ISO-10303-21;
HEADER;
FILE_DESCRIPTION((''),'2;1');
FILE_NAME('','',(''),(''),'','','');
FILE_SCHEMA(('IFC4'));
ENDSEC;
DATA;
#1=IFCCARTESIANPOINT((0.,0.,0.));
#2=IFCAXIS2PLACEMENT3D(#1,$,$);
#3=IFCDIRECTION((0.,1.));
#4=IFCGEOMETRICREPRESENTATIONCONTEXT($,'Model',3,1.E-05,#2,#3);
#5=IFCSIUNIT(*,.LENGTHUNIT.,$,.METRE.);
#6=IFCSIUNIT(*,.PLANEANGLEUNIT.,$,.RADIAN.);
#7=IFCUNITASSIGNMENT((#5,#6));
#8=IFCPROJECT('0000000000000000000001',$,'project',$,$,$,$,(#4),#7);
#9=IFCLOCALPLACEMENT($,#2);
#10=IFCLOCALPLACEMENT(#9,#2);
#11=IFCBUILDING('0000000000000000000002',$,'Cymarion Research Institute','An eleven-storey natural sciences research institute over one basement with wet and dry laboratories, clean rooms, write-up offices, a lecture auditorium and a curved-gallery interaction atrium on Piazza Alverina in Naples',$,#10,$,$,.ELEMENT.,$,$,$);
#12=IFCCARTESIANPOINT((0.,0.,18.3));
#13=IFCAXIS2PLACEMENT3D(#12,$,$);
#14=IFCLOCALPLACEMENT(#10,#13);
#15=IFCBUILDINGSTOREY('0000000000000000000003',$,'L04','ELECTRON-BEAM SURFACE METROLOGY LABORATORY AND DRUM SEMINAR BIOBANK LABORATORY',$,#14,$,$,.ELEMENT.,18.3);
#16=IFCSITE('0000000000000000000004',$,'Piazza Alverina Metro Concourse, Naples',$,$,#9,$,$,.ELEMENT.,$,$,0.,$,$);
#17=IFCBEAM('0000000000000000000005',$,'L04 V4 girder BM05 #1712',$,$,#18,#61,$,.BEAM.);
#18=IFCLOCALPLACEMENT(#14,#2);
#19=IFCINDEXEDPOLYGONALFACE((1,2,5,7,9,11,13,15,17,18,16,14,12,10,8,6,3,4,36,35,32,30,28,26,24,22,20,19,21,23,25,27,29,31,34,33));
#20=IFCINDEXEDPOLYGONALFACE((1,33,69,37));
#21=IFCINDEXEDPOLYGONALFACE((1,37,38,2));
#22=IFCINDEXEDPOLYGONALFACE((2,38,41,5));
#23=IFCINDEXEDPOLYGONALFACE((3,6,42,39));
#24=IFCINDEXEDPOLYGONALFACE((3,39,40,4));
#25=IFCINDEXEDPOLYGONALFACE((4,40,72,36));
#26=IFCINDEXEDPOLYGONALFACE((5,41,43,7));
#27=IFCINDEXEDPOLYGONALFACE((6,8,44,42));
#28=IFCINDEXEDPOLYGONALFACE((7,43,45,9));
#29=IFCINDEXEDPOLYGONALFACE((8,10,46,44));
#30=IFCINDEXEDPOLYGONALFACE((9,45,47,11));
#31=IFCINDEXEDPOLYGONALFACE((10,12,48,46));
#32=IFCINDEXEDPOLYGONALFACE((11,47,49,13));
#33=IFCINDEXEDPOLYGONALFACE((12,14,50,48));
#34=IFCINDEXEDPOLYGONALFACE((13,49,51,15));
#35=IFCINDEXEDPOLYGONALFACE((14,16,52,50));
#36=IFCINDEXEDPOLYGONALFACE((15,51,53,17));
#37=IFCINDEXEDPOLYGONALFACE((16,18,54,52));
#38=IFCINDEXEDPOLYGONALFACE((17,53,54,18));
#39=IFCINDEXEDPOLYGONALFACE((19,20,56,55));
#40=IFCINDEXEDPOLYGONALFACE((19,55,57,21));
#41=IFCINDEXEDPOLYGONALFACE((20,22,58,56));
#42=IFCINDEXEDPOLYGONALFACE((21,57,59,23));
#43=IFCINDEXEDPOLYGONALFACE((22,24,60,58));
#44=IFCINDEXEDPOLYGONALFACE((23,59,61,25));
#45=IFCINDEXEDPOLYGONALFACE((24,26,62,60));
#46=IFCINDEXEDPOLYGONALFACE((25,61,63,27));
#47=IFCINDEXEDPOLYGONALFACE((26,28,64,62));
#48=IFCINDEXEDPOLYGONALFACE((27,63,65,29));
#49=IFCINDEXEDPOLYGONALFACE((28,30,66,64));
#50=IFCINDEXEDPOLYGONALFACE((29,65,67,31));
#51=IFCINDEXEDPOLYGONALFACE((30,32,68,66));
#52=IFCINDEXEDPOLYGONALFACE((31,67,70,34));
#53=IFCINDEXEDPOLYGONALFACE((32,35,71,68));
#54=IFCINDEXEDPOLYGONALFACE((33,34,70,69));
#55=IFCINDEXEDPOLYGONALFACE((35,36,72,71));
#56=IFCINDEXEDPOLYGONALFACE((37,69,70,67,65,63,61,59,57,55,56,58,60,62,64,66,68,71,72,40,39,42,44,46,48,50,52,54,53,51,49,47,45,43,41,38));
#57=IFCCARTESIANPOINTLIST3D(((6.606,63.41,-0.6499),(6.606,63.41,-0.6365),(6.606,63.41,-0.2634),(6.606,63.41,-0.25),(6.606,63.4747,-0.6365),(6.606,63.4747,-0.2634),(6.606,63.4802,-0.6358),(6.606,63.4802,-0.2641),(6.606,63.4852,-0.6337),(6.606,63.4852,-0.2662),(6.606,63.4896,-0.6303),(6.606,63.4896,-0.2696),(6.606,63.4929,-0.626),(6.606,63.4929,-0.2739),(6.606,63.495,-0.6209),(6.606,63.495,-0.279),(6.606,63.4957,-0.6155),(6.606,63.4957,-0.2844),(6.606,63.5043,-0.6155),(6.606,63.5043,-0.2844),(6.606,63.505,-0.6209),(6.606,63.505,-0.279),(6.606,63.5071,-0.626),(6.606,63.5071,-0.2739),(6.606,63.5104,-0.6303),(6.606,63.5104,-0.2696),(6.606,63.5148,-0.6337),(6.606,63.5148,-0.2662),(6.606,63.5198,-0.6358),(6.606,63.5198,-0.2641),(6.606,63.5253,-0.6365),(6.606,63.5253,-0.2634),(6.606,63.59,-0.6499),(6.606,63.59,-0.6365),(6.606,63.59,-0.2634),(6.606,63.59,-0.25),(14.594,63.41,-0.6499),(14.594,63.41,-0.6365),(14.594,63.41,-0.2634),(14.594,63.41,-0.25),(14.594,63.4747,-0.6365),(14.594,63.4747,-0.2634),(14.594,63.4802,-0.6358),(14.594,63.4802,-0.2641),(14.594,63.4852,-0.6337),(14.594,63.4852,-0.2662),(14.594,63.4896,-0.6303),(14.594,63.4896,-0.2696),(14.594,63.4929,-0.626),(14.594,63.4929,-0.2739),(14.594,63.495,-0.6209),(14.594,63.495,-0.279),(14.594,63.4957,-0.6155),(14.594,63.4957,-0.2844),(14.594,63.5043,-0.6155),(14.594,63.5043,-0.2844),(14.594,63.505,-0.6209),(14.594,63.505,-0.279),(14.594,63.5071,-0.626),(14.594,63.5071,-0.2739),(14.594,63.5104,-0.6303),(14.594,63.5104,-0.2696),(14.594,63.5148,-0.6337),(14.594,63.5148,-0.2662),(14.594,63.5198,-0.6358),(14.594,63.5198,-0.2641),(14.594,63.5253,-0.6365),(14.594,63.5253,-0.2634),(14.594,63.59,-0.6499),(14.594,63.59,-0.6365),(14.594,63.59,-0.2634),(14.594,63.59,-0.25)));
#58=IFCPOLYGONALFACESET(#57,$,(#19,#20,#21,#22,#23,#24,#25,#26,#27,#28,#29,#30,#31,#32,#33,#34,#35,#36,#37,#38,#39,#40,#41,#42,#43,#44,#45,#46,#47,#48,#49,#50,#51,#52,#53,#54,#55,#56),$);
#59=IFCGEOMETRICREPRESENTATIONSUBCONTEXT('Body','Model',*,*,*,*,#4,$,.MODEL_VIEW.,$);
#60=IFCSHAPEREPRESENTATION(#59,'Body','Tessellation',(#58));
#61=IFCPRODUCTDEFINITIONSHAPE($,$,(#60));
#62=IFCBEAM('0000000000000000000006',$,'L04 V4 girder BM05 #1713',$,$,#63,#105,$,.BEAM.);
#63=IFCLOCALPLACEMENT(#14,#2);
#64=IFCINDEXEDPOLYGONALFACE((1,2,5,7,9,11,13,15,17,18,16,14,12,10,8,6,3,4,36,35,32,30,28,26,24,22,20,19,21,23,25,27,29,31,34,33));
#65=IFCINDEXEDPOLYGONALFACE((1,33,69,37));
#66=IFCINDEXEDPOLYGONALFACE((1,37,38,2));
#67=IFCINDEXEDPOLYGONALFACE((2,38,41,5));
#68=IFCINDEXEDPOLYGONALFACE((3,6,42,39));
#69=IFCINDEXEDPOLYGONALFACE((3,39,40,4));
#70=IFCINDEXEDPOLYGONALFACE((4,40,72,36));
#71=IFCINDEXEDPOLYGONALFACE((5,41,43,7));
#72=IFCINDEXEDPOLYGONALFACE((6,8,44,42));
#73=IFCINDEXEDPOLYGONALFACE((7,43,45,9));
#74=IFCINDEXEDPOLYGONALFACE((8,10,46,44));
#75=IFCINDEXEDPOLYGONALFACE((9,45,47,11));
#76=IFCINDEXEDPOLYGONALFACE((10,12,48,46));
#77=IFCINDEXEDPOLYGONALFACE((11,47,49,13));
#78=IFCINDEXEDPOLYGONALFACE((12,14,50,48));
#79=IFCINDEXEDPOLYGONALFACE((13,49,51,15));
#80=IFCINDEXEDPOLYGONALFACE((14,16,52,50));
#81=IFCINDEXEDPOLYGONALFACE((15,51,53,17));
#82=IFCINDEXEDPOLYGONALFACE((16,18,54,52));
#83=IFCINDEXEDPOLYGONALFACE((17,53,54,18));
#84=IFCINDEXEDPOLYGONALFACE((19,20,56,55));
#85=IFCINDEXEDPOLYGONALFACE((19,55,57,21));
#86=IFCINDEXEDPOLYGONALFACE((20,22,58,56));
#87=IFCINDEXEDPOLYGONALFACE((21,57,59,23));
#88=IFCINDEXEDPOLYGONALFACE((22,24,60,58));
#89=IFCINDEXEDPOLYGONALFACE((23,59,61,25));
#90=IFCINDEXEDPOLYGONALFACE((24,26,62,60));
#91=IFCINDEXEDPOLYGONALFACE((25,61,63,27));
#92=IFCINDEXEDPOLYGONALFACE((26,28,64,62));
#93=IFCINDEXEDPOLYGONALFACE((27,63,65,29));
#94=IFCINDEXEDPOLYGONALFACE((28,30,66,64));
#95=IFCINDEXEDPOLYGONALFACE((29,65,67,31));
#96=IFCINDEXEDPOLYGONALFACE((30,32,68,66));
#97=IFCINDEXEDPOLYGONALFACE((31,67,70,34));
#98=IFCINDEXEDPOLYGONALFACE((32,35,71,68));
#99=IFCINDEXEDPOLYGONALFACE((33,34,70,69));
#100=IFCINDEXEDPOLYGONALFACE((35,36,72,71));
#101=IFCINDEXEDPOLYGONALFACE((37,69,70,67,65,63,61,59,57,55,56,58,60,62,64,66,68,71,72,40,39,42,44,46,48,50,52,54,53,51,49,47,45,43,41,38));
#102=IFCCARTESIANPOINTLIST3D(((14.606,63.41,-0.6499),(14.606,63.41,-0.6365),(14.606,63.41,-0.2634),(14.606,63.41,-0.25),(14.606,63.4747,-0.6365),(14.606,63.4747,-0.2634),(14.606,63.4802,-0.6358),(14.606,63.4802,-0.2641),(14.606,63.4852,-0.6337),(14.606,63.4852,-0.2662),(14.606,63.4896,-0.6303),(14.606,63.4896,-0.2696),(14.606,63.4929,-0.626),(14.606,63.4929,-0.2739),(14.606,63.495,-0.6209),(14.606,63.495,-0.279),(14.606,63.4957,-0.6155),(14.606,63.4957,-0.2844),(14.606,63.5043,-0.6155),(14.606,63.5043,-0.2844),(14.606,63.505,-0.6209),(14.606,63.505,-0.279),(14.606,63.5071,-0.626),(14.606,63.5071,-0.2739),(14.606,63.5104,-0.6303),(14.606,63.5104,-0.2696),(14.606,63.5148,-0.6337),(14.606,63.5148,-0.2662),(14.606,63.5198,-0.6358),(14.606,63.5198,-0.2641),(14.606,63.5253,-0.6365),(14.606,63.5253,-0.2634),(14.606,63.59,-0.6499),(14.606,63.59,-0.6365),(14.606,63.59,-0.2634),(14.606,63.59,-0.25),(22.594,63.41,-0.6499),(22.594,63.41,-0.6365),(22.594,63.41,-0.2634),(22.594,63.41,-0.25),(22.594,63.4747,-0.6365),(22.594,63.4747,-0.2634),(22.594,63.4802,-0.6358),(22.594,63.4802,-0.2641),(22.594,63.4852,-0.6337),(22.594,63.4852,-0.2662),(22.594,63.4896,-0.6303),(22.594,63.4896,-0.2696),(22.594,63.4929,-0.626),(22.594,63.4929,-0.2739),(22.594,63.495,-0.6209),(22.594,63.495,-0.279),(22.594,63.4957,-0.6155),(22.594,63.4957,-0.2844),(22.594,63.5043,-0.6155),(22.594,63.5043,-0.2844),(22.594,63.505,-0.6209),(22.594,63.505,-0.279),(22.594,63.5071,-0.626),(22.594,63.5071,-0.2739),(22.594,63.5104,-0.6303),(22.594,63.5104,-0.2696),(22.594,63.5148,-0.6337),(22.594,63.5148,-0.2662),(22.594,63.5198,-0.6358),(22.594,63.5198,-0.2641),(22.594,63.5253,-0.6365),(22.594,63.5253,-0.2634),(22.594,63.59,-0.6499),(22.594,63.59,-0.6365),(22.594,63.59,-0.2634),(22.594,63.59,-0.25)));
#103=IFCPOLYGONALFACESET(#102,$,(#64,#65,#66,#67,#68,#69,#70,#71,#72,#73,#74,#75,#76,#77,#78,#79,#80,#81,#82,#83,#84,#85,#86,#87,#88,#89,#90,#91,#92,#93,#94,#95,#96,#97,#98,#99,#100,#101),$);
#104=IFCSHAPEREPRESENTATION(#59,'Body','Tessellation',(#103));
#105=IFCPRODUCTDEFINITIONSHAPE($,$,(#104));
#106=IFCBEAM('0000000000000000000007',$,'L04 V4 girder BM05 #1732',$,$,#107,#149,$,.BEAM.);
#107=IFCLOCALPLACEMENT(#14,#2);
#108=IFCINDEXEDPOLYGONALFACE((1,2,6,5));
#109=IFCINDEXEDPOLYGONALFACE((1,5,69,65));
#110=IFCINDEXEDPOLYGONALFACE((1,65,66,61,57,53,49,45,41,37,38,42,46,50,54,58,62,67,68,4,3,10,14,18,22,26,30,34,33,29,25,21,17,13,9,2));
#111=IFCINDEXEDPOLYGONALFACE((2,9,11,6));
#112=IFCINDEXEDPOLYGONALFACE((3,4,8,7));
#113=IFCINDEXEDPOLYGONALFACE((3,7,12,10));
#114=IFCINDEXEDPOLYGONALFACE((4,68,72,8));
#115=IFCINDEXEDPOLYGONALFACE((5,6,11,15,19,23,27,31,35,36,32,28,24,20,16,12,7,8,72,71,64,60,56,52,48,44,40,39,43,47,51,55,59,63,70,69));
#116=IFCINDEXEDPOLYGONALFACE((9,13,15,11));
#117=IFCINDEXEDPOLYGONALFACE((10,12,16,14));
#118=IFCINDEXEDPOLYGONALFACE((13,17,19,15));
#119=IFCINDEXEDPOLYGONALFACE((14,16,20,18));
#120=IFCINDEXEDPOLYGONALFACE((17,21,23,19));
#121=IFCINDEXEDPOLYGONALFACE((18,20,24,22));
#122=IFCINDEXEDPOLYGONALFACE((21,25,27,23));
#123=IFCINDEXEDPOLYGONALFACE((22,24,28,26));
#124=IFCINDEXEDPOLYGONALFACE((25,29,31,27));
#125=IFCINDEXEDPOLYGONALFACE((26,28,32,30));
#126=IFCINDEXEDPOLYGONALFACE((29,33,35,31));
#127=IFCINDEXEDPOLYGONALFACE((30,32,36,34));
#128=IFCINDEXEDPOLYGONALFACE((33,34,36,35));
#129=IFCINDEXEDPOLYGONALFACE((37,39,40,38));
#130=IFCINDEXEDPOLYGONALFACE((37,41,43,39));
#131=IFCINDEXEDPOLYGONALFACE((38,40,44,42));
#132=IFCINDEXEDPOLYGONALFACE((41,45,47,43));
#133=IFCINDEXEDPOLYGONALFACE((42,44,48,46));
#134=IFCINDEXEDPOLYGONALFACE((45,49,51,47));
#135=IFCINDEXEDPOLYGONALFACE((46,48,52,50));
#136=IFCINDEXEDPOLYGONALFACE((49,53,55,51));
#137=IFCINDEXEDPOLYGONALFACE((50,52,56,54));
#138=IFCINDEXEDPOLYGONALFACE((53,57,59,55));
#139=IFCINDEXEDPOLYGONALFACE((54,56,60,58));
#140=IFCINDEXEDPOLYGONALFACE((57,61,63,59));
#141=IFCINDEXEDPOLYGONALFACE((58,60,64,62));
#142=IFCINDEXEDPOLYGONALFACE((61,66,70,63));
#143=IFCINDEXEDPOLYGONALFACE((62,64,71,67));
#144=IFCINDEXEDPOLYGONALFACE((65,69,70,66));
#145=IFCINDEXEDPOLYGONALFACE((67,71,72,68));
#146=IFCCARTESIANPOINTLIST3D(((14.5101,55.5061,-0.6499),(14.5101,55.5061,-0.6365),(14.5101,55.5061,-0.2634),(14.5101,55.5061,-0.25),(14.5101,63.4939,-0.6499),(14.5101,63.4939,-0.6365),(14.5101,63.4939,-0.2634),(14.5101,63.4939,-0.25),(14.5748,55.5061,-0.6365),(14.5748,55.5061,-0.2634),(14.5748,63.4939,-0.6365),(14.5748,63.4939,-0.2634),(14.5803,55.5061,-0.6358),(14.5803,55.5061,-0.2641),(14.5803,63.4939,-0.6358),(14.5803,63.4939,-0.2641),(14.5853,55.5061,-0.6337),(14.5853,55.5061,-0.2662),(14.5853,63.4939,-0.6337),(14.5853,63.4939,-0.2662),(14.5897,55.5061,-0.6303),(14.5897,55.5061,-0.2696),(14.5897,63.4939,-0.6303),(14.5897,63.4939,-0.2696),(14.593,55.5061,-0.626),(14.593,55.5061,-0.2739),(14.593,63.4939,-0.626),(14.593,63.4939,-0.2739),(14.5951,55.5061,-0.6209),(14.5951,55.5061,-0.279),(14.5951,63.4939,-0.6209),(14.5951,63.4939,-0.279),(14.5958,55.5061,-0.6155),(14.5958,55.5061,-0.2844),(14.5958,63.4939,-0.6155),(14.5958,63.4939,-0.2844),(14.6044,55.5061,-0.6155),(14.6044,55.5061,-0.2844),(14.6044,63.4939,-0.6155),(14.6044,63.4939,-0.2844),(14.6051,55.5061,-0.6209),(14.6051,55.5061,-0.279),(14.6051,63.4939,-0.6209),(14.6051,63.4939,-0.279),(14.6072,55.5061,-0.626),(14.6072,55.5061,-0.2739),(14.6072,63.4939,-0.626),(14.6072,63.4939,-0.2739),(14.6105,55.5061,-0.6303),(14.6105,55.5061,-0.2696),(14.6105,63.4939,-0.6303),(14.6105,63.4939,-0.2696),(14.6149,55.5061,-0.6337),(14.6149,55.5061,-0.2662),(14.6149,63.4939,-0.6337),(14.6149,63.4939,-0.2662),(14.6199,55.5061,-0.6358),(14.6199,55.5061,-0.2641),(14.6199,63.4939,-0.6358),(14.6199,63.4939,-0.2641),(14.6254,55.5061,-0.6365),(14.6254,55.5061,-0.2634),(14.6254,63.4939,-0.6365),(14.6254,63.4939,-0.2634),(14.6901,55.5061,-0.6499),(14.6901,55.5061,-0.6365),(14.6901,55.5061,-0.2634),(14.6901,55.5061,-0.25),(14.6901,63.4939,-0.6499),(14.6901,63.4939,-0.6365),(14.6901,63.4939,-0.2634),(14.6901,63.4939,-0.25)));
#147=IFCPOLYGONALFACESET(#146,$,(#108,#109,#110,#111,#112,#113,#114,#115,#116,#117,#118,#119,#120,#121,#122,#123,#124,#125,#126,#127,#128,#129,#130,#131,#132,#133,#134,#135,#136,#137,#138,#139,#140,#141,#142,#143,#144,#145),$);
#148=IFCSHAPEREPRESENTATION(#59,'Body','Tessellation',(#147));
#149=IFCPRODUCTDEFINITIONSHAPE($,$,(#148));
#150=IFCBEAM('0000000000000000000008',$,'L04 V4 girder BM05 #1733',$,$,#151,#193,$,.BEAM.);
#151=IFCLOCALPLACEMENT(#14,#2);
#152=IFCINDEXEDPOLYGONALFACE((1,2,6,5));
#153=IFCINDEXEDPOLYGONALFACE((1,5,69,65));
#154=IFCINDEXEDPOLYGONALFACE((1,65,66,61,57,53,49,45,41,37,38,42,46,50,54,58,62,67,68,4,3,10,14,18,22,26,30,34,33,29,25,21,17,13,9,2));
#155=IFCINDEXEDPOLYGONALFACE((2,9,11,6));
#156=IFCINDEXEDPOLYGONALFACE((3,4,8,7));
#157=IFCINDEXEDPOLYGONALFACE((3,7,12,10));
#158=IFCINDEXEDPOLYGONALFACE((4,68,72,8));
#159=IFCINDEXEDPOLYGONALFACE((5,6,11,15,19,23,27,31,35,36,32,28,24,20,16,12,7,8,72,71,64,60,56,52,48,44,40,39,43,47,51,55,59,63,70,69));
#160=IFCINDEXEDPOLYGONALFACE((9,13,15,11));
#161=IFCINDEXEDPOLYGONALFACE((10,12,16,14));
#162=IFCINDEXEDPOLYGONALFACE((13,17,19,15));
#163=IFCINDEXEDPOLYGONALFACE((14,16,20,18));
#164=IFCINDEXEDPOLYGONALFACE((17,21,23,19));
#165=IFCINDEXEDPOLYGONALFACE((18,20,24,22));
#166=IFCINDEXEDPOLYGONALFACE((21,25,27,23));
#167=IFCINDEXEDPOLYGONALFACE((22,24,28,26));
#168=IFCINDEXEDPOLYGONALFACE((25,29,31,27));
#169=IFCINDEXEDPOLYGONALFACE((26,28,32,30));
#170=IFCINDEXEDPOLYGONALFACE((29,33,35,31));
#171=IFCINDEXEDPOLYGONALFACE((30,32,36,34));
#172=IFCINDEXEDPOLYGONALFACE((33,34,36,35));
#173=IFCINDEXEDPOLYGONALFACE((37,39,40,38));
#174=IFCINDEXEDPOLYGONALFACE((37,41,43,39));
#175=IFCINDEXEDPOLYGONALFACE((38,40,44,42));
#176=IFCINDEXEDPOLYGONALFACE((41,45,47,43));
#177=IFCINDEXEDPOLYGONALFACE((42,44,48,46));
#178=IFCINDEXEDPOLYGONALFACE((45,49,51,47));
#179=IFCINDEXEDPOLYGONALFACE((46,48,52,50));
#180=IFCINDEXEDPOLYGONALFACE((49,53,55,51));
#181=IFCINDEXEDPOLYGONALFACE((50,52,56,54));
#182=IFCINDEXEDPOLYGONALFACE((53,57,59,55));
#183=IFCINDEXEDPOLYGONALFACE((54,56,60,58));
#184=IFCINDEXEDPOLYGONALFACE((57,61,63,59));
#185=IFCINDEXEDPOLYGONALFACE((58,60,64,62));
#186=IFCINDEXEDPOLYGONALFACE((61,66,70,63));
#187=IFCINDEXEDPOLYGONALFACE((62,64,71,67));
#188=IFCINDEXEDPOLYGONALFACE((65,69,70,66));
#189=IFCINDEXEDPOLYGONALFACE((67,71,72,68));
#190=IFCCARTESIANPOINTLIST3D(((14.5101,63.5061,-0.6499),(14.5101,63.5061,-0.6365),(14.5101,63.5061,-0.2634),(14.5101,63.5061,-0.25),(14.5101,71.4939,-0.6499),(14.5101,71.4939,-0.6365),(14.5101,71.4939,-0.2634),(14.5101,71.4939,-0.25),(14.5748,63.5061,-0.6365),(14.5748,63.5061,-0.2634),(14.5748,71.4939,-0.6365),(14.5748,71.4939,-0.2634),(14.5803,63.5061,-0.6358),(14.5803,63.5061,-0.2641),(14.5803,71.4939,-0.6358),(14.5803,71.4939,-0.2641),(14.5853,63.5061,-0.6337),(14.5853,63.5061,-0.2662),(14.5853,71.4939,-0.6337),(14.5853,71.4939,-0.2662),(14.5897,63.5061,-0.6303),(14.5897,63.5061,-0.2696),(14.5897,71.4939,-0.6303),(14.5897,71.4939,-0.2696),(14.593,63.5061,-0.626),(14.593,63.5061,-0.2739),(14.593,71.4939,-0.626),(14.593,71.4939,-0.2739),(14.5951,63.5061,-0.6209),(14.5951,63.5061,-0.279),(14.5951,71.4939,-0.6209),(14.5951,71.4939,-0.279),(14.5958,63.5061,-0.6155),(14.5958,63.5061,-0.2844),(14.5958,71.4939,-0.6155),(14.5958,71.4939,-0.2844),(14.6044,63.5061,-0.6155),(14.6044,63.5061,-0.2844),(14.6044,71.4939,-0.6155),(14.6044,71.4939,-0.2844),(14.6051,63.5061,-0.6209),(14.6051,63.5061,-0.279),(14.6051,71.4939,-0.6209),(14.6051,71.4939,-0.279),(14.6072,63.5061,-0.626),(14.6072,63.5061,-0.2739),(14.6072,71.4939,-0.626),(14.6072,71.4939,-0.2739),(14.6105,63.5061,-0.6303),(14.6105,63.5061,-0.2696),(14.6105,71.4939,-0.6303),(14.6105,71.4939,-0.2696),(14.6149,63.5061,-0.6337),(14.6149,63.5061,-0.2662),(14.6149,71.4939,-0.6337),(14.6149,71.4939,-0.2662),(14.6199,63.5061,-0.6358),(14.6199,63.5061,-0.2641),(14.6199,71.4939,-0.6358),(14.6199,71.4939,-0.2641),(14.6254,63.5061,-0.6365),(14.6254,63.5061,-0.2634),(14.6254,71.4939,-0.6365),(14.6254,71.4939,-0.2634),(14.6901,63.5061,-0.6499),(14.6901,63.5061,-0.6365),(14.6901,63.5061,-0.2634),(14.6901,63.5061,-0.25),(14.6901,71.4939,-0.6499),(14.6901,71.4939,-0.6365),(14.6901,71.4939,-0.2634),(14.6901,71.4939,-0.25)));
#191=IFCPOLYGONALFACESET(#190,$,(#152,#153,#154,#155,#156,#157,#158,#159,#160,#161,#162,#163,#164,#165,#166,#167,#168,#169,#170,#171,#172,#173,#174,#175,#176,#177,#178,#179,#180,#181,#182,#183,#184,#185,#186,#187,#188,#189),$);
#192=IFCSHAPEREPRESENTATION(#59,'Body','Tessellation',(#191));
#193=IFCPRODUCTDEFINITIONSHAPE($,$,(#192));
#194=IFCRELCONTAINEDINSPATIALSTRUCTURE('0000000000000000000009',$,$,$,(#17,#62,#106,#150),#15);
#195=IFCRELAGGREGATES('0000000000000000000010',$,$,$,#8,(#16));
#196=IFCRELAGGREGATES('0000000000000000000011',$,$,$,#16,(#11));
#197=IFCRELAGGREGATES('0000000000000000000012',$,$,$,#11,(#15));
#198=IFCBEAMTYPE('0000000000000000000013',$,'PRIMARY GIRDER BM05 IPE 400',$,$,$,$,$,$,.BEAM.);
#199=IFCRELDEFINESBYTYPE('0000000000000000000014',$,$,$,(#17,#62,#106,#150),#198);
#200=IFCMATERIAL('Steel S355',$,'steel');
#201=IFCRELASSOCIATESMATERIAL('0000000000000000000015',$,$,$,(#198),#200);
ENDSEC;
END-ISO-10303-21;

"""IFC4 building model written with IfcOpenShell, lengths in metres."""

from ifc_helpers import new_model, si_unit, direction, frame, origin, origin_2d, place, context, subcontext, project, spatial, i_section, extrude, material, material_profile, profile_set, type_object, element, save


model = new_model("IFC4")

# Units and contexts
model_context = context("Model", 3, precision=1e-05, world=origin(), true_north=direction((0.0, 1.0)))
body_context = subcontext(model_context, "Body", "Model", "MODEL_VIEW")
ifc_project = project(units=[si_unit("LENGTHUNIT", "METRE"), si_unit("PLANEANGLEUNIT", "RADIAN")], contexts=[model_context])

# Site, building, storey
site_placement = place(None, origin())
site = spatial("IfcSite", under=ifc_project, at=site_placement, Name="Piazza Alverina Metro Concourse, Naples", CompositionType="ELEMENT", RefElevation=0.0)
building_placement = place(site_placement, origin())
building = spatial("IfcBuilding", under=site, at=building_placement, Name="Cymarion Research Institute", Description="An eleven-storey natural sciences research institute over one basement with wet and dry laboratories, clean rooms, write-up offices, a lecture auditorium and a curved-gallery interaction atrium on Piazza Alverina in Naples", CompositionType="ELEMENT")
storey_placement = place(building_placement, frame((0.0, 0.0, 18.3)))
storey = spatial("IfcBuildingStorey", under=building, at=storey_placement, Name="L04", Description="ELECTRON-BEAM SURFACE METROLOGY LABORATORY AND DRUM SEMINAR BIOBANK LABORATORY", CompositionType="ELEMENT", Elevation=18.3)

# Shared definitions
ifc_material_1 = material(Name="Steel S355", Category="steel")

# Beams
ifc_material_profile_1 = material_profile(ifc_material_1, i_section(OverallWidth=0.1799, OverallDepth=0.3999, WebThickness=0.0085, FlangeThickness=0.0134, FilletRadius=0.021, at=origin_2d()), Name="IPE 400")
ifc_profile_set_1 = profile_set([ifc_material_profile_1], Name="Steel S355")
beam_type_1 = type_object("IfcBeamType", Name="PRIMARY GIRDER BM05 IPE 400", PredefinedType="BEAM", material=ifc_profile_set_1)
for number, where, z_axis, x_axis, name in (
    (1, (6.606, 63.5, -0.45), (1.0, 0.0, 0.0), (0.0, 1.0, 0.0), "L04 V4 girder BM05 #1712"),
    (2, (14.606, 63.5, -0.45), (1.0, 0.0, 0.0), (0.0, 1.0, 0.0), "L04 V4 girder BM05 #1713"),
):
    element("IfcBeam", number, at=place(storey_placement, frame(where, z_axis=z_axis, x_axis=x_axis)), inside=storey, type_object=beam_type_1, Name=name, PredefinedType="BEAM", context=body_context, shape_type="SweptSolid", body=[
        extrude(i_section(OverallWidth=0.1799, OverallDepth=0.3999, WebThickness=0.0085, FlangeThickness=0.0134, FilletRadius=0.021, at=origin_2d()), origin(), (0.0, 0.0, 1.0), 7.988),
    ])
for number, where, z_axis, x_axis, name in (
    (3, (14.6001, 55.5061, -0.45), (0.0, 1.0, 0.0), (-1.0, 0.0, 0.0), "L04 V4 girder BM05 #1732"),
    (4, (14.6001, 63.5061, -0.45), (0.0, 1.0, 0.0), (-1.0, 0.0, 0.0), "L04 V4 girder BM05 #1733"),
):
    element("IfcBeam", number, at=place(storey_placement, frame(where, z_axis=z_axis, x_axis=x_axis)), inside=storey, type_object=beam_type_1, Name=name, PredefinedType="BEAM", context=body_context, shape_type="SweptSolid", body=[
        extrude(i_section(OverallWidth=0.1799, OverallDepth=0.3999, WebThickness=0.0085, FlangeThickness=0.0134, FilletRadius=0.021, at=origin_2d()), origin(), (0.0, 0.0, 1.0), 7.9878),
    ])

save(model, "model.ifc")
